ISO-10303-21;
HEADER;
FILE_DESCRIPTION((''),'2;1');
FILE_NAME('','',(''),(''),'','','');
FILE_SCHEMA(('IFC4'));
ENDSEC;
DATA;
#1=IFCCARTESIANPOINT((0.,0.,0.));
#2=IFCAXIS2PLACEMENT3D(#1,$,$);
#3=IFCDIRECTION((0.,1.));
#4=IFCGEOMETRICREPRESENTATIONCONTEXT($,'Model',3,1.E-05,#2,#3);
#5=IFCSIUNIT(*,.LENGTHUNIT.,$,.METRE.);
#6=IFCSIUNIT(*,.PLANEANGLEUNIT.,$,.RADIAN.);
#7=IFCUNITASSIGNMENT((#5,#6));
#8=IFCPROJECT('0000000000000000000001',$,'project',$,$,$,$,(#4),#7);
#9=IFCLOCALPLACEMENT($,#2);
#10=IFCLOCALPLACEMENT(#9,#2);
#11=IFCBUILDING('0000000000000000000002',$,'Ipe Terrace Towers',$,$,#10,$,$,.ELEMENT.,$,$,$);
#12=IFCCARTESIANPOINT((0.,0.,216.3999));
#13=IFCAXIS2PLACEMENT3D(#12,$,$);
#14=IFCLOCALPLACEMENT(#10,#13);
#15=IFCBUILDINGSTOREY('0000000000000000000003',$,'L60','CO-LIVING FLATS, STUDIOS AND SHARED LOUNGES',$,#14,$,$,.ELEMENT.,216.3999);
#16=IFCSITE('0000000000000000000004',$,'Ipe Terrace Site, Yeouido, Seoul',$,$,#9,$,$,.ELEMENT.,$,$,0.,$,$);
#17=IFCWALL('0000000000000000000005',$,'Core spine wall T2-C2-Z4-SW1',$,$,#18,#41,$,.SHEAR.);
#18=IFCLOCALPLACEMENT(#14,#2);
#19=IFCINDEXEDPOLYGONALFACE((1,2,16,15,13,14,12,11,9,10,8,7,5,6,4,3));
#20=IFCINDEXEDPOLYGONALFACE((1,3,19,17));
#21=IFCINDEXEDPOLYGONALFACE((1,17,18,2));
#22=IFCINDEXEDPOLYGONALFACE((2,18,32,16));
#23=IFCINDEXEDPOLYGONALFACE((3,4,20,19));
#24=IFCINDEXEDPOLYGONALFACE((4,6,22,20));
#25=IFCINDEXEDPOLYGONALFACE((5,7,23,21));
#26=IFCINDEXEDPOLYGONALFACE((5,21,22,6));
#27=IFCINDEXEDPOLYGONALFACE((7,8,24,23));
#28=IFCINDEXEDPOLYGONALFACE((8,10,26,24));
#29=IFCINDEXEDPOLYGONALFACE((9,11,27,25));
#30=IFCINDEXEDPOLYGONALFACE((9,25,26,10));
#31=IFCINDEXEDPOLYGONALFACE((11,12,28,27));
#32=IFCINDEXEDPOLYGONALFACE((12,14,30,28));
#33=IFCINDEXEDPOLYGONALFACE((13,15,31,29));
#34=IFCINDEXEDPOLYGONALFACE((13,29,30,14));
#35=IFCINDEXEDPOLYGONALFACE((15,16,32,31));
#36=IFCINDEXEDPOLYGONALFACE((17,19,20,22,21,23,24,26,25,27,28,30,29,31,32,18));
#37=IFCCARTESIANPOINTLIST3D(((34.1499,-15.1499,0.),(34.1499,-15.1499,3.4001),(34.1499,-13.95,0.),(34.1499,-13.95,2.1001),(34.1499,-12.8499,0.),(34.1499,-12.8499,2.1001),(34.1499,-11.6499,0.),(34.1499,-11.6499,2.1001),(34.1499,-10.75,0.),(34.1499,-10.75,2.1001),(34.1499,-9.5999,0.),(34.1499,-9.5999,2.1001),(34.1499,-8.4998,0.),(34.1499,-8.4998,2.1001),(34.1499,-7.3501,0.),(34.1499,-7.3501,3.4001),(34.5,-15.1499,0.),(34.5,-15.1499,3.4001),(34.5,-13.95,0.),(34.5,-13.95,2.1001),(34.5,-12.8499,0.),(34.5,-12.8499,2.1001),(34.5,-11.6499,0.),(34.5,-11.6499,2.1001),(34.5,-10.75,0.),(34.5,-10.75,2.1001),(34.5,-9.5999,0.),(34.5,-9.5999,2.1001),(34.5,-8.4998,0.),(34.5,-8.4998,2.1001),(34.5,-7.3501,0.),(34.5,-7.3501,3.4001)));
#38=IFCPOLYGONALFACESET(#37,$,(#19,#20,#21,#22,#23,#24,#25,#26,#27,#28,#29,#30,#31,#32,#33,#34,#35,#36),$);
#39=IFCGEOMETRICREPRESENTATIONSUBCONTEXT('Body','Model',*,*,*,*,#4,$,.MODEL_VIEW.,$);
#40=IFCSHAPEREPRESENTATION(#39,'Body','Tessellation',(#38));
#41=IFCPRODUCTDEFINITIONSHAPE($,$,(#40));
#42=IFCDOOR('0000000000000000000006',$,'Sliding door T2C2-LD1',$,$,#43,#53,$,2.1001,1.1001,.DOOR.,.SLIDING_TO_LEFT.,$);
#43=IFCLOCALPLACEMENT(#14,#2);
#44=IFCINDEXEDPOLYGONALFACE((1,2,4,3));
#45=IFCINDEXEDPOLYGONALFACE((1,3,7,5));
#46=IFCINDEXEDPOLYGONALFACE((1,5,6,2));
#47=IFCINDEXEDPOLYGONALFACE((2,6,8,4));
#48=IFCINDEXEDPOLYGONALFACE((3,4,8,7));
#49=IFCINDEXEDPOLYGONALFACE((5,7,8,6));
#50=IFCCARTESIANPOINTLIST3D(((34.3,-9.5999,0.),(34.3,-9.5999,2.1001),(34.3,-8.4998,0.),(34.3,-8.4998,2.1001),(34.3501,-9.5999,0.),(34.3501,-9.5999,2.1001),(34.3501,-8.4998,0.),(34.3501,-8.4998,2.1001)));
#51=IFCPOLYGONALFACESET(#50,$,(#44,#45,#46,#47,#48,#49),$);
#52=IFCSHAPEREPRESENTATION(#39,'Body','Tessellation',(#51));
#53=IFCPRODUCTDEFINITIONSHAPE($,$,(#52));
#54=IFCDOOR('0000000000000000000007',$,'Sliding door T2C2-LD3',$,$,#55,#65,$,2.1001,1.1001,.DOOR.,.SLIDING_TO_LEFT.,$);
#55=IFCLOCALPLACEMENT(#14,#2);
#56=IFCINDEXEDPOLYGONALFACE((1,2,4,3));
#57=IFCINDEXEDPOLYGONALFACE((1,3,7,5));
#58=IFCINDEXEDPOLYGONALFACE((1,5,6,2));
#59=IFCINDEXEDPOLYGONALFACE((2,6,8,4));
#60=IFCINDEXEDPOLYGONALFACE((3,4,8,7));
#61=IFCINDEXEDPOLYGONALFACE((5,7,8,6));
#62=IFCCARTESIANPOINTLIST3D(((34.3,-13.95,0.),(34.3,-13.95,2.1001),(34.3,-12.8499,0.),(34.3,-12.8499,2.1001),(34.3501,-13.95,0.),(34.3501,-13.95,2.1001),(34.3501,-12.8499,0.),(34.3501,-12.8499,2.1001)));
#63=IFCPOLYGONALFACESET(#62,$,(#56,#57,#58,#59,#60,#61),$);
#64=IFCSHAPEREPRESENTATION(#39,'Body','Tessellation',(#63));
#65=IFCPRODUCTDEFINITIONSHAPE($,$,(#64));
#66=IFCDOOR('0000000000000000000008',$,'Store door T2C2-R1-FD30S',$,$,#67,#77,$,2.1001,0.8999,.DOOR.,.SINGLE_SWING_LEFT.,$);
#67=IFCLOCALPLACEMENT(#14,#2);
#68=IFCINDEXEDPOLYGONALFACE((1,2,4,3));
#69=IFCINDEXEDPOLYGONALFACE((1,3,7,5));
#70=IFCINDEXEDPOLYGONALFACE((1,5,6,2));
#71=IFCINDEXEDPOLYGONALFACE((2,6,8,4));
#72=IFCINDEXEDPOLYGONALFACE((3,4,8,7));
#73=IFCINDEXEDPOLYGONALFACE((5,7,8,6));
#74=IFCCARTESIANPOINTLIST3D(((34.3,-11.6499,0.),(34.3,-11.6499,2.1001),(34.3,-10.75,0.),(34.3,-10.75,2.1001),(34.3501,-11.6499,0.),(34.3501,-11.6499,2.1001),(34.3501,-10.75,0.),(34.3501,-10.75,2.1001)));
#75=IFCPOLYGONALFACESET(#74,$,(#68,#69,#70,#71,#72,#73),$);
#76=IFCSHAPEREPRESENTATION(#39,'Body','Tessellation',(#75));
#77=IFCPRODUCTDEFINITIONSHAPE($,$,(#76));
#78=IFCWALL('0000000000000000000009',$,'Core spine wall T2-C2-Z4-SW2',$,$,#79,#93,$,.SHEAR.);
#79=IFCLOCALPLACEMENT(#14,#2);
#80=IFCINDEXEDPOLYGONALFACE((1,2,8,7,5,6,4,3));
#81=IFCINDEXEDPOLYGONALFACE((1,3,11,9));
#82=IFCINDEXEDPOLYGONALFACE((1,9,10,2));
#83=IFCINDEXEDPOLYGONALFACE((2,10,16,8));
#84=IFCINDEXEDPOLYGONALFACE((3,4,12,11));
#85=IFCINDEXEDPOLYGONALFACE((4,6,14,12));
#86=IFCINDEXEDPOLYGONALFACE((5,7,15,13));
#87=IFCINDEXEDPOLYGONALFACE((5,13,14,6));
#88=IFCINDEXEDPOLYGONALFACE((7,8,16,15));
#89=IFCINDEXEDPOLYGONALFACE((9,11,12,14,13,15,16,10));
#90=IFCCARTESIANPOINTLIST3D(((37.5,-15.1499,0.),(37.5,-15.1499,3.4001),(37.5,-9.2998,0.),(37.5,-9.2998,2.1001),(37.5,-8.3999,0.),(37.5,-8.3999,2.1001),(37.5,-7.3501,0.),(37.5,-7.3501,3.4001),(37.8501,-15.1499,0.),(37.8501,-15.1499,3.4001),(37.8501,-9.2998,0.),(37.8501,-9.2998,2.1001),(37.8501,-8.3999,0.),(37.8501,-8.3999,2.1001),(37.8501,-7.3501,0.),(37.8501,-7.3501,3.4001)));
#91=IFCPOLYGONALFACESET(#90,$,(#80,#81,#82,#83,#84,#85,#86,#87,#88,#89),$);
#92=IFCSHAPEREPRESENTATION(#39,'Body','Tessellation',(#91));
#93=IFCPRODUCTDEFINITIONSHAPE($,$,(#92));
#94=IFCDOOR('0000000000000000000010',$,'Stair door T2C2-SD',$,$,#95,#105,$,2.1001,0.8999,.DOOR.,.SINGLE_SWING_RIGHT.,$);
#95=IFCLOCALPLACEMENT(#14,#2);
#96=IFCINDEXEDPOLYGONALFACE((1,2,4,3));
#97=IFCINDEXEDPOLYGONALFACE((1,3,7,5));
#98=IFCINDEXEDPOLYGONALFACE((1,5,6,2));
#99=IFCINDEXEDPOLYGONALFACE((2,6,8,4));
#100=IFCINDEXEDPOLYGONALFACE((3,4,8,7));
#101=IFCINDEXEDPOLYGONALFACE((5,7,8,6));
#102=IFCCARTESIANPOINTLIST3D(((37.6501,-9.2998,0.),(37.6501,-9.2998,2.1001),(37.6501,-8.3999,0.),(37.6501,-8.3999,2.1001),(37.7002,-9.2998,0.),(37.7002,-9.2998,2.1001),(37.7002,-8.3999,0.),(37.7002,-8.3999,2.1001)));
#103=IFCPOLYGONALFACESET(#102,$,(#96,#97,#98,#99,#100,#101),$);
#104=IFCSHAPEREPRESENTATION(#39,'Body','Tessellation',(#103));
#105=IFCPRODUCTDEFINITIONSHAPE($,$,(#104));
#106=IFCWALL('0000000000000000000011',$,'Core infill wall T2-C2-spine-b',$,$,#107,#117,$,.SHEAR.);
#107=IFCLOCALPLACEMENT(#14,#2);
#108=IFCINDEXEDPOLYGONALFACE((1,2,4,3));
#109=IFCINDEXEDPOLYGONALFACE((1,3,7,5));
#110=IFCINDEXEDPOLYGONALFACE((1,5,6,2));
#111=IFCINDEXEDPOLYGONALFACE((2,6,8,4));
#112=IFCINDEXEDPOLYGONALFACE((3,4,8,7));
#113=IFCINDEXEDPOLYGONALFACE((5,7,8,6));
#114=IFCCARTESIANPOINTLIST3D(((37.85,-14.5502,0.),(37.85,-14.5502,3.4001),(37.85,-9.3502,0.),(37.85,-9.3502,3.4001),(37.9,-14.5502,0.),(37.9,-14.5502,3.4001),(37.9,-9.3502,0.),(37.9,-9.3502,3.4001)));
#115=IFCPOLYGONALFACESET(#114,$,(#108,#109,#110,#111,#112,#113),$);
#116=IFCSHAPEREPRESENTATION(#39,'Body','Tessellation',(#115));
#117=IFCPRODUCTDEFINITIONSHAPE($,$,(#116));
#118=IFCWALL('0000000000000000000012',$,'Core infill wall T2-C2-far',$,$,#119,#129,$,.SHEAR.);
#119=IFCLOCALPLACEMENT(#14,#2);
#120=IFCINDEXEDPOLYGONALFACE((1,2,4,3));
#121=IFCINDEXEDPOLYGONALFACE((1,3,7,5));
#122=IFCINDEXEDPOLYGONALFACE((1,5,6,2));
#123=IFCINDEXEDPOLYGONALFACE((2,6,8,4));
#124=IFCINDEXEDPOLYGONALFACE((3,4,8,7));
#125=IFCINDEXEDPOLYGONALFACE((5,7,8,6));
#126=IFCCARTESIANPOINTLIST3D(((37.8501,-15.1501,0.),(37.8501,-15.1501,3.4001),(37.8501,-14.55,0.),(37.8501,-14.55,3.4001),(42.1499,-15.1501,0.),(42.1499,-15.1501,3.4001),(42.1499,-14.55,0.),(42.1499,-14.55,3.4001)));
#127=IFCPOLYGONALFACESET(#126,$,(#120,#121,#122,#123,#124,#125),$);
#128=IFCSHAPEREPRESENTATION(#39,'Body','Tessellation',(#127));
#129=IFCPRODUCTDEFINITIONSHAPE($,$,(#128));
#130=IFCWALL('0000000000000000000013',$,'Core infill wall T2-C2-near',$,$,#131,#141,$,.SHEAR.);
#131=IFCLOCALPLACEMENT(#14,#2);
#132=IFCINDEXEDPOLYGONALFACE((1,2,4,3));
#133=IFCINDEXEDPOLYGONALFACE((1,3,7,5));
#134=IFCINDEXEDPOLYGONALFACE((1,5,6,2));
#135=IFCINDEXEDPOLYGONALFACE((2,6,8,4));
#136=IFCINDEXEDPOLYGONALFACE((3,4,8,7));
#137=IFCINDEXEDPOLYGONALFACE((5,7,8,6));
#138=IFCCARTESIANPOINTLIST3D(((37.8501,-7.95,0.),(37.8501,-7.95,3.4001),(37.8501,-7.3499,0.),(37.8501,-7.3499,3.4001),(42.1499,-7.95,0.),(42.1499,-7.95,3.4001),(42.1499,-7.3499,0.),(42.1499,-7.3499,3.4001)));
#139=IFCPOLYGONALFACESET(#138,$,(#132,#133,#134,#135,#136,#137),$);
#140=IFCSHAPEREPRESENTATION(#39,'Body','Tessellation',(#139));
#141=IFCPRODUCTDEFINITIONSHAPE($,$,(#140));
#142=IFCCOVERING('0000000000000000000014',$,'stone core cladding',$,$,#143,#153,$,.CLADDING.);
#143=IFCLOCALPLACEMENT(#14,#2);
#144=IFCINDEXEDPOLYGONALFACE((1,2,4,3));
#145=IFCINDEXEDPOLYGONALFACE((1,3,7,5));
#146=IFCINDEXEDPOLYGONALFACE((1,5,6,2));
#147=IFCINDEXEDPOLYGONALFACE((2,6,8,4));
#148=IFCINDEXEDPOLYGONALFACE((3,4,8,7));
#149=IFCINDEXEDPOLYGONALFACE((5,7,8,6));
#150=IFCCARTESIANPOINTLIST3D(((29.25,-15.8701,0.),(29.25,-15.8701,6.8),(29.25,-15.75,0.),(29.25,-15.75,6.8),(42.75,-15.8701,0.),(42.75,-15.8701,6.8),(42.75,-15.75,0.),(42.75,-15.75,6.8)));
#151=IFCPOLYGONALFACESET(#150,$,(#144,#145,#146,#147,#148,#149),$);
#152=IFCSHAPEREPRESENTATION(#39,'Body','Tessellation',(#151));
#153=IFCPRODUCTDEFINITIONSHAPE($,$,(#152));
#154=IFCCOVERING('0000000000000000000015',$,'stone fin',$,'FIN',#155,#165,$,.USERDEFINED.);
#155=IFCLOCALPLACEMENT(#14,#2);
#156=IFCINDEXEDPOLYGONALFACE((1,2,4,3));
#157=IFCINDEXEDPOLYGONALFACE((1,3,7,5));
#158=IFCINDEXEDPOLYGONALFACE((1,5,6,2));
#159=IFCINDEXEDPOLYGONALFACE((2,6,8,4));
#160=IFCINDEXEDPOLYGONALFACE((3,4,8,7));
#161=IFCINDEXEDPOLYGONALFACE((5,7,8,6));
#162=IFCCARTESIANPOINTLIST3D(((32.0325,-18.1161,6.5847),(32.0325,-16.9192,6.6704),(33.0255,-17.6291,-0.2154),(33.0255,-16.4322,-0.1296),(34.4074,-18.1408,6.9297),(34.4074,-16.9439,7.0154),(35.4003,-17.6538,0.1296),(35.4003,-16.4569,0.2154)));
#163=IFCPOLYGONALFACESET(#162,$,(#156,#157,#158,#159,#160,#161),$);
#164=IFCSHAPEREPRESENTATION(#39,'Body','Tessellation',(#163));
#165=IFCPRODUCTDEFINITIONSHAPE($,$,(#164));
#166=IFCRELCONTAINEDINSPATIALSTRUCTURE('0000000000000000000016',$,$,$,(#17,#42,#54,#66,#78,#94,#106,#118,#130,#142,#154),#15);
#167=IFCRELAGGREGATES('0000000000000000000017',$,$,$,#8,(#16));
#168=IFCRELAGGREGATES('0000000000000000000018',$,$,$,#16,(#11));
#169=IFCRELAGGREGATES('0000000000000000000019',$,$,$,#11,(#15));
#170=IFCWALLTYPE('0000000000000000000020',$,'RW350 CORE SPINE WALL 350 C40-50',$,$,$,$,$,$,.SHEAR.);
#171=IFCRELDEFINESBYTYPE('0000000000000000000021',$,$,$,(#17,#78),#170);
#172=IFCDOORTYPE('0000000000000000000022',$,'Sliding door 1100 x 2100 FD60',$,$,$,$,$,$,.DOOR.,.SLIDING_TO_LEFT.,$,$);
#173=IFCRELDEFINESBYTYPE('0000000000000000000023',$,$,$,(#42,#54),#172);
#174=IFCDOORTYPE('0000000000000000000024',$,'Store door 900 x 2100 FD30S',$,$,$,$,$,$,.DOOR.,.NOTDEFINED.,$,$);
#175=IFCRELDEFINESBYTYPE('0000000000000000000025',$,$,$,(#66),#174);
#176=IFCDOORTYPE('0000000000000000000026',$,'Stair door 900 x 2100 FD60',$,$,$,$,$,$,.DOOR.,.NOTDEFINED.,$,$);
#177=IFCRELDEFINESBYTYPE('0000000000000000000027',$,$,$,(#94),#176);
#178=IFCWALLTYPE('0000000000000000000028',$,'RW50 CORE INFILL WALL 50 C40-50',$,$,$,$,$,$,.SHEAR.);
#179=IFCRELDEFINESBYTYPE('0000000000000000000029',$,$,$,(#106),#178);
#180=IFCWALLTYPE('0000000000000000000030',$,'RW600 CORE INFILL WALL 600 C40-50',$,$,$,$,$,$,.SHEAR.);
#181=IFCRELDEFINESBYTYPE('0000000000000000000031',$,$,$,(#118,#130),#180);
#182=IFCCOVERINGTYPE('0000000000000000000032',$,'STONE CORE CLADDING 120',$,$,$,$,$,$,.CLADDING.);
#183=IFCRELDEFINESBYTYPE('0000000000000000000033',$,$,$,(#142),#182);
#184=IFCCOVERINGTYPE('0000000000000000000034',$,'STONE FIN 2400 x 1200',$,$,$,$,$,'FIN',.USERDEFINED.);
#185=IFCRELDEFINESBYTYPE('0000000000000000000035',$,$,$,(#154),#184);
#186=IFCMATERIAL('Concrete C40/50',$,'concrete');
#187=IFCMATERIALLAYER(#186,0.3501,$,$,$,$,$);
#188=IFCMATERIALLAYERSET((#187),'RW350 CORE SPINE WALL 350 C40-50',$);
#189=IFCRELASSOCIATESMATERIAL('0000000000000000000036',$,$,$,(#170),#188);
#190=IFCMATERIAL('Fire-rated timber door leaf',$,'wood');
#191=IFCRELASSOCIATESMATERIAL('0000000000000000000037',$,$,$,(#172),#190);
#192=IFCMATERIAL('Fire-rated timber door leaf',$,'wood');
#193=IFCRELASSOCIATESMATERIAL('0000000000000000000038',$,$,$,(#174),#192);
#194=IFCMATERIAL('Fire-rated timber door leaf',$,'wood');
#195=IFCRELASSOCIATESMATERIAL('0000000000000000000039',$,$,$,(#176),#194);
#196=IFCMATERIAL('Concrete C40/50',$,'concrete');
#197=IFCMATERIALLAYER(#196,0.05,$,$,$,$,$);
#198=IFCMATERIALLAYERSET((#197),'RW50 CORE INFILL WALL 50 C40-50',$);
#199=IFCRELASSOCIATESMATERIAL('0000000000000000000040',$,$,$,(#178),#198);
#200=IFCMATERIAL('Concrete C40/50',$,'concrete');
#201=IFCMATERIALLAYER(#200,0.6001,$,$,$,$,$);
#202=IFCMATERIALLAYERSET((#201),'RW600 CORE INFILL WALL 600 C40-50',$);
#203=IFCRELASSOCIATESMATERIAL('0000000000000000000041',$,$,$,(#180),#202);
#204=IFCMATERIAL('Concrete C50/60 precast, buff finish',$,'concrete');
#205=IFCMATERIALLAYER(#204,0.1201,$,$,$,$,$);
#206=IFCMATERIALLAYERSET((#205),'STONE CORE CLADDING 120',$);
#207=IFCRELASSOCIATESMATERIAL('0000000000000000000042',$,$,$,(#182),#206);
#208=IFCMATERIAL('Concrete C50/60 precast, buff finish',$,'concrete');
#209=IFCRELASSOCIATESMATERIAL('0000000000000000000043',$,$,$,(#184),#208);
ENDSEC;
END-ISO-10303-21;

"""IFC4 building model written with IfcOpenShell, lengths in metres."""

from ifc_helpers import new_model, si_unit, direction, frame, frame_2d, origin, origin_2d, place, context, subcontext, project, spatial, rectangle, extrude, material, layer, layer_set, material_profile, profile_set, type_object, element, fill, save


model = new_model("IFC4")

# Units and contexts
model_context = context("Model", 3, precision=1e-05, world=origin(), true_north=direction((0.0, 1.0)))
body_context = subcontext(model_context, "Body", "Model", "MODEL_VIEW")
ifc_project = project(units=[si_unit("LENGTHUNIT", "METRE"), si_unit("PLANEANGLEUNIT", "RADIAN")], contexts=[model_context])

# Site, building, storey
site_placement = place(None, origin())
site = spatial("IfcSite", under=ifc_project, at=site_placement, Name="Ipe Terrace Site, Yeouido, Seoul", CompositionType="ELEMENT", RefElevation=0.0)
building_placement = place(site_placement, origin())
building = spatial("IfcBuilding", under=site, at=building_placement, Name="Ipe Terrace Towers", CompositionType="ELEMENT")
storey_placement = place(building_placement, frame((0.0, 0.0, 216.3999)))
storey = spatial("IfcBuildingStorey", under=building, at=storey_placement, Name="L60", Description="CO-LIVING FLATS, STUDIOS AND SHARED LOUNGES", CompositionType="ELEMENT", Elevation=216.3999)

# Wall, openings, doors
ifc_material_1 = material(Name="Concrete C40/50", Category="concrete")
ifc_layer_1 = layer(ifc_material_1, 0.3501)
ifc_layer_set_1 = layer_set([ifc_layer_1], Name="RW350 CORE SPINE WALL 350 C40-50")
wall_type_1 = type_object("IfcWallType", Name="RW350 CORE SPINE WALL 350 C40-50", PredefinedType="SHEAR", material=ifc_layer_set_1)
wall_1_placement = place(storey_placement, frame((34.325, -15.1499, 0.0), z_axis=(0.0, 0.0, 1.0), x_axis=(0.0, 1.0, 0.0)))
wall_1 = element("IfcWall", 1, at=wall_1_placement, inside=storey, type_object=wall_type_1, Name="Core spine wall T2-C2-Z4-SW1", PredefinedType="SHEAR", context=body_context, shape_type="SweptSolid", body=[
    extrude(rectangle(XDim=7.7998, YDim=0.3501, at=frame_2d((3.8999, 0.0))), origin(), (0.0, 0.0, 1.0), 3.4001),
])
opening_1_placement = place(wall_1_placement, frame((5.55, 0.0, 0.0)))
opening_1 = element("IfcOpeningElement", 2, at=opening_1_placement, cuts=wall_1, PredefinedType="OPENING", context=body_context, shape_type="SweptSolid", body=[
    extrude(rectangle(XDim=1.1001, YDim=2.1001, at=frame_2d((0.55, 1.05))), frame((0.0, 0.1851, 0.0), z_axis=(0.0, -1.0, 0.0), x_axis=(1.0, 0.0, 0.0)), (0.0, 0.0, 1.0), 0.3701),
])
opening_2_placement = place(wall_1_placement, frame((1.2, 0.0, 0.0)))
opening_2 = element("IfcOpeningElement", 3, at=opening_2_placement, cuts=wall_1, PredefinedType="OPENING", context=body_context, shape_type="SweptSolid", body=[
    extrude(rectangle(XDim=1.1001, YDim=2.1001, at=frame_2d((0.55, 1.05))), frame((0.0, 0.1851, 0.0), z_axis=(0.0, -1.0, 0.0), x_axis=(1.0, 0.0, 0.0)), (0.0, 0.0, 1.0), 0.3701),
])
opening_3_placement = place(wall_1_placement, frame((3.5, 0.0, 0.0)))
opening_3 = element("IfcOpeningElement", 4, at=opening_3_placement, cuts=wall_1, PredefinedType="OPENING", context=body_context, shape_type="SweptSolid", body=[
    extrude(rectangle(XDim=0.8999, YDim=2.1001, at=frame_2d((0.45, 1.05))), frame((0.0, 0.1851, 0.0), z_axis=(0.0, -1.0, 0.0), x_axis=(1.0, 0.0, 0.0)), (0.0, 0.0, 1.0), 0.3701),
])
ifc_material_2 = material(Name="Fire-rated timber door leaf", Category="wood")
door_type_1 = type_object("IfcDoorType", Name="Sliding door 1100 x 2100 FD60", OperationType="SLIDING_TO_LEFT", PredefinedType="DOOR", material=ifc_material_2)
door_1_placement = place(opening_1_placement, origin())
door_1 = element("IfcDoor", 5, at=door_1_placement, inside=storey, type_object=door_type_1, Name="Sliding door T2C2-LD1", OperationType="SLIDING_TO_LEFT", OverallHeight=2.1001, OverallWidth=1.1001, PredefinedType="DOOR", context=body_context, shape_type="SweptSolid", body=[
    extrude(rectangle(XDim=1.1001, YDim=2.1001, at=frame_2d((0.55, 1.05))), frame((0.0, 0.0249, 0.0), z_axis=(0.0, -1.0, 0.0), x_axis=(1.0, 0.0, 0.0)), (0.0, 0.0, 1.0), 0.05),
])
fill(opening_1, door_1)
door_2_placement = place(opening_2_placement, origin())
door_2 = element("IfcDoor", 6, at=door_2_placement, inside=storey, type_object=door_type_1, Name="Sliding door T2C2-LD3", OperationType="SLIDING_TO_LEFT", OverallHeight=2.1001, OverallWidth=1.1001, PredefinedType="DOOR", context=body_context, shape_type="SweptSolid", body=[
    extrude(rectangle(XDim=1.1001, YDim=2.1001, at=frame_2d((0.55, 1.05))), frame((0.0, 0.0249, 0.0), z_axis=(0.0, -1.0, 0.0), x_axis=(1.0, 0.0, 0.0)), (0.0, 0.0, 1.0), 0.05),
])
fill(opening_2, door_2)
ifc_material_3 = material(Name="Fire-rated timber door leaf", Category="wood")
door_type_2 = type_object("IfcDoorType", Name="Store door 900 x 2100 FD30S", OperationType="NOTDEFINED", PredefinedType="DOOR", material=ifc_material_3)
door_3_placement = place(opening_3_placement, origin())
door_3 = element("IfcDoor", 7, at=door_3_placement, inside=storey, type_object=door_type_2, Name="Store door T2C2-R1-FD30S", OperationType="SINGLE_SWING_LEFT", OverallHeight=2.1001, OverallWidth=0.8999, PredefinedType="DOOR", context=body_context, shape_type="SweptSolid", body=[
    extrude(rectangle(XDim=0.8999, YDim=2.1001, at=frame_2d((0.45, 1.05))), frame((0.0, 0.0249, 0.0), z_axis=(0.0, -1.0, 0.0), x_axis=(1.0, 0.0, 0.0)), (0.0, 0.0, 1.0), 0.05),
])
fill(opening_3, door_3)

# Wall, opening, door
wall_2_placement = place(storey_placement, frame((37.675, -15.1499, 0.0), z_axis=(0.0, 0.0, 1.0), x_axis=(0.0, 1.0, 0.0)))
wall_2 = element("IfcWall", 8, at=wall_2_placement, inside=storey, type_object=wall_type_1, Name="Core spine wall T2-C2-Z4-SW2", PredefinedType="SHEAR", context=body_context, shape_type="SweptSolid", body=[
    extrude(rectangle(XDim=7.7998, YDim=0.3501, at=frame_2d((3.8999, 0.0))), origin(), (0.0, 0.0, 1.0), 3.4001),
])
opening_4_placement = place(wall_2_placement, frame((5.8501, 0.0, 0.0)))
opening_4 = element("IfcOpeningElement", 9, at=opening_4_placement, cuts=wall_2, PredefinedType="OPENING", context=body_context, shape_type="SweptSolid", body=[
    extrude(rectangle(XDim=0.8999, YDim=2.1001, at=frame_2d((0.45, 1.05))), frame((0.0, 0.1851, 0.0), z_axis=(0.0, -1.0, 0.0), x_axis=(1.0, 0.0, 0.0)), (0.0, 0.0, 1.0), 0.3701),
])
ifc_material_4 = material(Name="Fire-rated timber door leaf", Category="wood")
door_type_3 = type_object("IfcDoorType", Name="Stair door 900 x 2100 FD60", OperationType="NOTDEFINED", PredefinedType="DOOR", material=ifc_material_4)
door_4_placement = place(opening_4_placement, origin())
door_4 = element("IfcDoor", 10, at=door_4_placement, inside=storey, type_object=door_type_3, Name="Stair door T2C2-SD", OperationType="SINGLE_SWING_RIGHT", OverallHeight=2.1001, OverallWidth=0.8999, PredefinedType="DOOR", context=body_context, shape_type="SweptSolid", body=[
    extrude(rectangle(XDim=0.8999, YDim=2.1001, at=frame_2d((0.45, 1.05))), frame((0.0, 0.0249, 0.0), z_axis=(0.0, -1.0, 0.0), x_axis=(1.0, 0.0, 0.0)), (0.0, 0.0, 1.0), 0.05),
])
fill(opening_4, door_4)

# Walls
ifc_material_5 = material(Name="Concrete C40/50", Category="concrete")
ifc_layer_2 = layer(ifc_material_5, 0.05)
ifc_layer_set_2 = layer_set([ifc_layer_2], Name="RW50 CORE INFILL WALL 50 C40-50")
wall_type_2 = type_object("IfcWallType", Name="RW50 CORE INFILL WALL 50 C40-50", PredefinedType="SHEAR", material=ifc_layer_set_2)
wall_3_placement = place(storey_placement, frame((37.875, -9.3501, 0.0), z_axis=(0.0, 0.0, 1.0), x_axis=(0.0, -1.0, 0.0)))
element("IfcWall", 11, at=wall_3_placement, inside=storey, type_object=wall_type_2, Name="Core infill wall T2-C2-spine-b", PredefinedType="SHEAR", context=body_context, shape_type="SweptSolid", body=[
    extrude(rectangle(XDim=5.2, YDim=0.05, at=frame_2d((2.6001, 0.0))), origin(), (0.0, 0.0, 1.0), 3.4001),
])
ifc_material_6 = material(Name="Concrete C40/50", Category="concrete")
ifc_layer_3 = layer(ifc_material_6, 0.6001)
ifc_layer_set_3 = layer_set([ifc_layer_3], Name="RW600 CORE INFILL WALL 600 C40-50")
wall_type_3 = type_object("IfcWallType", Name="RW600 CORE INFILL WALL 600 C40-50", PredefinedType="SHEAR", material=ifc_layer_set_3)
for number, where, z_axis, x_axis, name in (
    (12, (37.8501, -14.8501, 0.0), (0.0, 0.0, 1.0), (1.0, 0.0, 0.0), "Core infill wall T2-C2-far"),
    (13, (37.8501, -7.6499, 0.0), (0.0, 0.0, 1.0), (1.0, 0.0, 0.0), "Core infill wall T2-C2-near"),
):
    element("IfcWall", number, at=place(storey_placement, frame(where, z_axis=z_axis, x_axis=x_axis)), inside=storey, type_object=wall_type_3, Name=name, PredefinedType="SHEAR", context=body_context, shape_type="SweptSolid", body=[
        extrude(rectangle(XDim=4.2998, YDim=0.6001, at=frame_2d((2.1499, 0.0))), origin(), (0.0, 0.0, 1.0), 3.4001),
    ])

# Coverings
ifc_material_7 = material(Name="Concrete C50/60 precast, buff finish", Category="concrete")
ifc_layer_4 = layer(ifc_material_7, 0.1201)
ifc_layer_set_4 = layer_set([ifc_layer_4], Name="STONE CORE CLADDING 120")
covering_type_1 = type_object("IfcCoveringType", Name="STONE CORE CLADDING 120", PredefinedType="CLADDING", material=ifc_layer_set_4)
covering_1_placement = place(storey_placement, frame((36.0, -15.8101, 0.0), z_axis=(0.0, 0.0, 1.0), x_axis=(1.0, 0.0, 0.0)))
element("IfcCovering", 14, at=covering_1_placement, inside=storey, type_object=covering_type_1, Name="stone core cladding", PredefinedType="CLADDING", context=body_context, shape_type="SweptSolid", body=[
    extrude(rectangle(XDim=13.5, YDim=0.1201, at=origin_2d()), origin(), (0.0, 0.0, 1.0), 6.8),
])
ifc_material_8 = material(Name="Concrete C50/60 precast, buff finish", Category="concrete")
ifc_material_profile = material_profile(ifc_material_8, rectangle(XDim=2.3999, YDim=1.2, at=origin_2d()), Name="STONE FIN 2400 x 1200")
ifc_profile_set = profile_set([ifc_material_profile], Name="Concrete C50/60 precast, buff finish")
covering_type_2 = type_object("IfcCoveringType", Name="STONE FIN 2400 x 1200", ElementType="FIN", PredefinedType="USERDEFINED", material=ifc_profile_set)
covering_2_placement = place(storey_placement, frame((34.2129, -17.043, 0.0), z_axis=(-0.144123, -0.070697, 0.987031), x_axis=(0.98956, -0.010297, 0.143755)))
element("IfcCovering", 15, at=covering_2_placement, inside=storey, type_object=covering_type_2, Name="stone fin", ObjectType="FIN", PredefinedType="USERDEFINED", context=body_context, shape_type="SweptSolid", body=[
    extrude(rectangle(XDim=2.3999, YDim=1.2, at=origin_2d()), origin(), (0.0, 0.0, 1.0), 6.8894),
])

save(model, "model.ifc")
